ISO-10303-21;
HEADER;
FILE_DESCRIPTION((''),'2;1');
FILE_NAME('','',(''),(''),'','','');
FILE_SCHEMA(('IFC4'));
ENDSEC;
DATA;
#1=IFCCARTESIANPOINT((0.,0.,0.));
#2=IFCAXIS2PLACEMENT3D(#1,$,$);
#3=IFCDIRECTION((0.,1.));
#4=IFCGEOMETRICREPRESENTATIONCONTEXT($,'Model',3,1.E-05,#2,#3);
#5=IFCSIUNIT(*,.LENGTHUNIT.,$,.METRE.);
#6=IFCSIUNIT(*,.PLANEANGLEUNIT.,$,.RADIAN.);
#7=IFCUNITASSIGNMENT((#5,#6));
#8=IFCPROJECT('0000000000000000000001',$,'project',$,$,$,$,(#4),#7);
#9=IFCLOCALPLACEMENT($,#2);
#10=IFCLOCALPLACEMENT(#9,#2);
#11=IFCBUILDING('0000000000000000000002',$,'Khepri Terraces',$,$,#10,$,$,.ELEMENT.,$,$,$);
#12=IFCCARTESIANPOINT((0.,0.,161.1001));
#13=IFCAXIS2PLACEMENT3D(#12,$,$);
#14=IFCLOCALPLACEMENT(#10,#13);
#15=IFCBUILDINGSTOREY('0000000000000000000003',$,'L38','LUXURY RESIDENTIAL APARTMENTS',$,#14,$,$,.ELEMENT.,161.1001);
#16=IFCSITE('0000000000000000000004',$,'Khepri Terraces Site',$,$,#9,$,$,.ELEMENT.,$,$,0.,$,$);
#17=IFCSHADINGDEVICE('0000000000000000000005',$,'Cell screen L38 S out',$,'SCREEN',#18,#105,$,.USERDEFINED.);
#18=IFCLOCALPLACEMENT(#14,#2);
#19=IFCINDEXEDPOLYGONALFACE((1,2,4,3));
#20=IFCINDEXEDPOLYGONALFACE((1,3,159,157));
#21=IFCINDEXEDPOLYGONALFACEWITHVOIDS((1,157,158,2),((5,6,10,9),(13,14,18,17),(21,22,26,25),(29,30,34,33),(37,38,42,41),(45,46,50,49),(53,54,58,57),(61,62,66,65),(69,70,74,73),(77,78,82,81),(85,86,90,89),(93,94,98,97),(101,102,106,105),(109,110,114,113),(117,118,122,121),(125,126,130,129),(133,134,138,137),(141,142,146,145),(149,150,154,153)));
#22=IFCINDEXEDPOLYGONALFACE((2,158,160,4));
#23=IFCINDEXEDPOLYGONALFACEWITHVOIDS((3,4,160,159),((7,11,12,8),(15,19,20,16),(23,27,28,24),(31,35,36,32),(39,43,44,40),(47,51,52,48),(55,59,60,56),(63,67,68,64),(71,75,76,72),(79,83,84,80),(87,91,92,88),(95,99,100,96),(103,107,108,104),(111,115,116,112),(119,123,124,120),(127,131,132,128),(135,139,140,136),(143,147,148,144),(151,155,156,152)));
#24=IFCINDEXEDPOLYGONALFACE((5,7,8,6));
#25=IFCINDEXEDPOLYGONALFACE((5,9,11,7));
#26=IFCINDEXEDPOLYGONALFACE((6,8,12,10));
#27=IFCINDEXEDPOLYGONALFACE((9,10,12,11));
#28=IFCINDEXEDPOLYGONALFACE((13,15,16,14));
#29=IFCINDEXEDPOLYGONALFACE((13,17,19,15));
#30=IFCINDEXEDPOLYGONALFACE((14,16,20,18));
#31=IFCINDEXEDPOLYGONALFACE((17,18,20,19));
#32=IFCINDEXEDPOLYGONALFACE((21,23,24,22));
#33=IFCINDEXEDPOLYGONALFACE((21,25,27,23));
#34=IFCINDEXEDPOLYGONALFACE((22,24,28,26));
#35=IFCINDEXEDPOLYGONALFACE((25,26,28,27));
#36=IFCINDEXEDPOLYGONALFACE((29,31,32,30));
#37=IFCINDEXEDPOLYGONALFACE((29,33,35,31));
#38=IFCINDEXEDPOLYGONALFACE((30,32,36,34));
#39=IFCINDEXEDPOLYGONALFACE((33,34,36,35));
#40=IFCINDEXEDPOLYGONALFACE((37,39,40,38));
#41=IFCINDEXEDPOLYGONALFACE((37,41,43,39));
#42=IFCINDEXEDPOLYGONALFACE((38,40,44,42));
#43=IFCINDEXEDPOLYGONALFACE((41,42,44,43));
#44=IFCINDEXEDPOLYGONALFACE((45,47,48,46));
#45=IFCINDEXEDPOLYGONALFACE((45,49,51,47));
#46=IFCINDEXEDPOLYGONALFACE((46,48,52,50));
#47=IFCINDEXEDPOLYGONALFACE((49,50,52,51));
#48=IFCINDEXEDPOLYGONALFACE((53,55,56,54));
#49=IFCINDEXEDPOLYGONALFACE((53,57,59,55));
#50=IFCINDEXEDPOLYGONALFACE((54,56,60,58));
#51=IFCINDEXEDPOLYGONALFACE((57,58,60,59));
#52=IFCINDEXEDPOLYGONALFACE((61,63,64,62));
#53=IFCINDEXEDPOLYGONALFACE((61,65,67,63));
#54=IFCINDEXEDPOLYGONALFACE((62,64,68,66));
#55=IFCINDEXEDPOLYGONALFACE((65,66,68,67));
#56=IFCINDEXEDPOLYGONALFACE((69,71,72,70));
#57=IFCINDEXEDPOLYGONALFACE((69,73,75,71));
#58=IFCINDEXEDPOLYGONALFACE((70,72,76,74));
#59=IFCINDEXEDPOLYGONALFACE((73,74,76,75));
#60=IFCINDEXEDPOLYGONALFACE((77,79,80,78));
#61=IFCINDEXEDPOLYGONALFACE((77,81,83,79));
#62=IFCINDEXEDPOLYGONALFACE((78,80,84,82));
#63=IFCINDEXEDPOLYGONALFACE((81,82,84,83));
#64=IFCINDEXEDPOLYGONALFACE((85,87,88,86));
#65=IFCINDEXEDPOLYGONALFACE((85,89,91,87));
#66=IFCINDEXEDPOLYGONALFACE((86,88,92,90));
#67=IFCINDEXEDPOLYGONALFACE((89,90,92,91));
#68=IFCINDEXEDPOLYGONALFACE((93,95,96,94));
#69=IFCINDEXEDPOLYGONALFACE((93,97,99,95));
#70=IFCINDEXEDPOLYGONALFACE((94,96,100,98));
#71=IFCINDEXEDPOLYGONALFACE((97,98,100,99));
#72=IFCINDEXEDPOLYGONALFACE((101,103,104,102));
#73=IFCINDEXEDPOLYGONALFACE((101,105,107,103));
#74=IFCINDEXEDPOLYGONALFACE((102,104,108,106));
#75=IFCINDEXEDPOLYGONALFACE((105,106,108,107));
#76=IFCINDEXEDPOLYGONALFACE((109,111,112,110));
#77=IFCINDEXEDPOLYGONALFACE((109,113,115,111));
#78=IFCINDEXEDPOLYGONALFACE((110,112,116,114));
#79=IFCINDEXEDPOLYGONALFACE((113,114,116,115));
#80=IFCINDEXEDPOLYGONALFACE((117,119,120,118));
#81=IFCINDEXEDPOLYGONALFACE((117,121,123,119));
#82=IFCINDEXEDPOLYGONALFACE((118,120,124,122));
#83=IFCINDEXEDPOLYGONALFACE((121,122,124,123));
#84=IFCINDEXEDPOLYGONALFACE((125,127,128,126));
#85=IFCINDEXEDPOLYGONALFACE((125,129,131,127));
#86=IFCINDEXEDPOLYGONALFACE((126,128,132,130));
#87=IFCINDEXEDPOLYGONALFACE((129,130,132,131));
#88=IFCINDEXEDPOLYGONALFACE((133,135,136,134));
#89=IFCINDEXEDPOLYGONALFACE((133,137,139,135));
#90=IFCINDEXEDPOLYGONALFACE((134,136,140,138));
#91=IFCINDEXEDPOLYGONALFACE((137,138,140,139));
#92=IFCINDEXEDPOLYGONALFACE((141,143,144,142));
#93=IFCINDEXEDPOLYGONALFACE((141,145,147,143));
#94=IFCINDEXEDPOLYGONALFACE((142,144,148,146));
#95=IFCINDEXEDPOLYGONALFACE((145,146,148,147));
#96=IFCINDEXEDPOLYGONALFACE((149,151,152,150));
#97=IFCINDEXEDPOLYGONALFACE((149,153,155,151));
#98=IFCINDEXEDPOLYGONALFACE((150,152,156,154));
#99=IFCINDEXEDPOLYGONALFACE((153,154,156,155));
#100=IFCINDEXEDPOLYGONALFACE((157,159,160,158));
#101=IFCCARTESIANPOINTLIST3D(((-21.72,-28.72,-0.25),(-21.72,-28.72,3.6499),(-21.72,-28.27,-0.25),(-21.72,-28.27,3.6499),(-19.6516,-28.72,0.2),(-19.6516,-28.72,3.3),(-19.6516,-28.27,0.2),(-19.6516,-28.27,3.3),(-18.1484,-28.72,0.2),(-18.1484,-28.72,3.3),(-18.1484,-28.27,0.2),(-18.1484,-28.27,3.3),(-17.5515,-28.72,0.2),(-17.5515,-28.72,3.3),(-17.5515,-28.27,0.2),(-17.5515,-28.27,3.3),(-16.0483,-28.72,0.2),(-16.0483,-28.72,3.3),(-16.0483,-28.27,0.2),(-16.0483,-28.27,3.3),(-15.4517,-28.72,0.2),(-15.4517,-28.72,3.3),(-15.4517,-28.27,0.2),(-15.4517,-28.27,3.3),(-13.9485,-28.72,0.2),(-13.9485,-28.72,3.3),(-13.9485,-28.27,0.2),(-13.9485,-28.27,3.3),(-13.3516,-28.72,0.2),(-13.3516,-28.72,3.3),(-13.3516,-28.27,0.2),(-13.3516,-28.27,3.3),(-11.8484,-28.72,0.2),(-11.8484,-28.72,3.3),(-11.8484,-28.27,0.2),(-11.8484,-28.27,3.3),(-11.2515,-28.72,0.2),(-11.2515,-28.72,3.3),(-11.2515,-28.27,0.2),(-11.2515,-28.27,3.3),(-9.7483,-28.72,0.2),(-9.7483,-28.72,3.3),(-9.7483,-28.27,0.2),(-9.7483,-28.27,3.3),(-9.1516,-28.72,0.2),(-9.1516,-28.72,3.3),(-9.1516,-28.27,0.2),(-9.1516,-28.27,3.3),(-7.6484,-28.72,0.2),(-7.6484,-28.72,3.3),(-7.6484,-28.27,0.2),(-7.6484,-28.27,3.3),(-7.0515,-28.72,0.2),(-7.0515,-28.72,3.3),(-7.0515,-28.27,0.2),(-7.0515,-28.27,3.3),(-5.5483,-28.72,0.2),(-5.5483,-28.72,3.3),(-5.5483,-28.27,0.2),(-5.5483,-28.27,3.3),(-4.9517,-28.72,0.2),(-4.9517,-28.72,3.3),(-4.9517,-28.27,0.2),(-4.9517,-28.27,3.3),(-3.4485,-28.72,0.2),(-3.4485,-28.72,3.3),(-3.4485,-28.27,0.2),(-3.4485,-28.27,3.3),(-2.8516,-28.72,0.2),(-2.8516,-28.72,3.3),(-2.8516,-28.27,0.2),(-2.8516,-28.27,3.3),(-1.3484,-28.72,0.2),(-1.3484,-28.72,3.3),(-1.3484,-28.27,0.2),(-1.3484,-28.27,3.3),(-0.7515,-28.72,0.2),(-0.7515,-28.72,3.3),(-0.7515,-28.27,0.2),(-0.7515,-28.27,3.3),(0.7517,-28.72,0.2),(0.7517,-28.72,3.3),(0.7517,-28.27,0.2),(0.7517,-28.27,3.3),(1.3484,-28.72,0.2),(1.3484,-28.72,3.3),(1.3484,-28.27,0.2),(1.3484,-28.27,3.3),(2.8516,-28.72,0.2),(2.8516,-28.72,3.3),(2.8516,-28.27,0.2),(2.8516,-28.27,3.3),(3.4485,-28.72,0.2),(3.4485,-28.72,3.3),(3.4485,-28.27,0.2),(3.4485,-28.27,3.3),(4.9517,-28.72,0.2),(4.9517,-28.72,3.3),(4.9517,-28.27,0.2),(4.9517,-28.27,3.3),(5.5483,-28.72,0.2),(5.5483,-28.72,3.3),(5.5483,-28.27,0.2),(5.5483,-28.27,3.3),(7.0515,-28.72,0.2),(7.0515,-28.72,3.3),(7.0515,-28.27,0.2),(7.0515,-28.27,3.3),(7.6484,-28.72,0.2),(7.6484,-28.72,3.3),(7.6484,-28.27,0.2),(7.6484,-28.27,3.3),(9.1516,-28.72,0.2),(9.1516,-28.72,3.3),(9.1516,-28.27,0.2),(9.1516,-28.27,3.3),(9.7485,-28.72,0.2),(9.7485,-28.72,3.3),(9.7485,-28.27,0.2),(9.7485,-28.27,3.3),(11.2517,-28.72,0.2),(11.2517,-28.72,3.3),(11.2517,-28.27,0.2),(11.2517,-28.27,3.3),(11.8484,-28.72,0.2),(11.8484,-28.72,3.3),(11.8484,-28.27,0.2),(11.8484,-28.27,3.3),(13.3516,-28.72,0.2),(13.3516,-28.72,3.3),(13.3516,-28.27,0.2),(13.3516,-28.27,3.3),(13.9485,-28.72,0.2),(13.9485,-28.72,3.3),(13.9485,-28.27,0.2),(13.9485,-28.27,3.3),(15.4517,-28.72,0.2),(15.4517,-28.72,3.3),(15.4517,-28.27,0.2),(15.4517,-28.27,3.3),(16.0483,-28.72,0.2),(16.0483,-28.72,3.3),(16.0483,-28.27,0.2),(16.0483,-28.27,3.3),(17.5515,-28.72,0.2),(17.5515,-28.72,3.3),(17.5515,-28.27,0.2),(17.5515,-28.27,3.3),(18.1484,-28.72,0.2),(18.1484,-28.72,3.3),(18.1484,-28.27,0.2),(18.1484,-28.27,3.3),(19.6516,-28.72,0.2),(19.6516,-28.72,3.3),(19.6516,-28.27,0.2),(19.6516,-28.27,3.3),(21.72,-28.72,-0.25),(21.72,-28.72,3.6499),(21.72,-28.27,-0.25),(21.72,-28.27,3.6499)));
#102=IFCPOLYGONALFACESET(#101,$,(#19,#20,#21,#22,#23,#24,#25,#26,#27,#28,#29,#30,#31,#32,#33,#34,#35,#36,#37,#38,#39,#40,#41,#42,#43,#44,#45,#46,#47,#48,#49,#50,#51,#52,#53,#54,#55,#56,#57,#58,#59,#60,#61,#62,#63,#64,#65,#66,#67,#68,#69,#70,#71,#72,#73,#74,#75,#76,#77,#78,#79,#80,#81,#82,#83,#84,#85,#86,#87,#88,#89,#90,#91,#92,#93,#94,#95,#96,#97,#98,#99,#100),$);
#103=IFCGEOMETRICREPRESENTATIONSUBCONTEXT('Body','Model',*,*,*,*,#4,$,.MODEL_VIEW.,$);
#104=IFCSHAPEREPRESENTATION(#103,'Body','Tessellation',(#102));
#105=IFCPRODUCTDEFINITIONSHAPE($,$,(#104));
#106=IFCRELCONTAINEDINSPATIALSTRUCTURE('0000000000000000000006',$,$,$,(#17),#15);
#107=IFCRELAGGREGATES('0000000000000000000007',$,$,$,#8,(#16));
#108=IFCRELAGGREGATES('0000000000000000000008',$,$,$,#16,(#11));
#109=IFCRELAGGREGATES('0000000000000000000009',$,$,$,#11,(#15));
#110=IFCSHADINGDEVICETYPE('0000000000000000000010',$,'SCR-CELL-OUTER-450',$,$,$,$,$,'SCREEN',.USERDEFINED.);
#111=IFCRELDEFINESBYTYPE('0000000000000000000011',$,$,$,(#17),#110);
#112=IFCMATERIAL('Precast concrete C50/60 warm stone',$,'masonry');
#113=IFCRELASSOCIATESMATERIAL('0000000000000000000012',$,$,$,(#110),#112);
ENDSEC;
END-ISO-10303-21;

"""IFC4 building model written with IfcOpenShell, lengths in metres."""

from ifc_helpers import new_model, si_unit, direction, frame, origin, place, context, subcontext, project, spatial, polyline, outline, extrude, material, type_object, element, save


model = new_model("IFC4")

# Units and contexts
model_context = context("Model", 3, precision=1e-05, world=origin(), true_north=direction((0.0, 1.0)))
body_context = subcontext(model_context, "Body", "Model", "MODEL_VIEW")
ifc_project = project(units=[si_unit("LENGTHUNIT", "METRE"), si_unit("PLANEANGLEUNIT", "RADIAN")], contexts=[model_context])

# Site, building, storey
site_placement = place(None, origin())
site = spatial("IfcSite", under=ifc_project, at=site_placement, Name="Khepri Terraces Site", CompositionType="ELEMENT", RefElevation=0.0)
building_placement = place(site_placement, origin())
building = spatial("IfcBuilding", under=site, at=building_placement, Name="Khepri Terraces", CompositionType="ELEMENT")
storey_placement = place(building_placement, frame((0.0, 0.0, 161.1001)))
storey = spatial("IfcBuildingStorey", under=building, at=storey_placement, Name="L38", Description="LUXURY RESIDENTIAL APARTMENTS", CompositionType="ELEMENT", Elevation=161.1001)

# Shared definitions
ifc_material_1 = material(Name="Precast concrete C50/60 warm stone", Category="masonry")

# Shading device
shading_device_type_1 = type_object("IfcShadingDeviceType", Name="SCR-CELL-OUTER-450", ElementType="SCREEN", PredefinedType="USERDEFINED", material=ifc_material_1)
shading_device_1_placement = place(storey_placement, frame((-21.72, -28.27, -0.25), z_axis=(0.0, -1.0, 0.0), x_axis=(1.0, 0.0, 0.0)))
element("IfcShadingDevice", 1, at=shading_device_1_placement, inside=storey, type_object=shading_device_type_1, Name="Cell screen L38 S out", ObjectType="SCREEN", PredefinedType="USERDEFINED", context=body_context, shape_type="SweptSolid", body=[
    extrude(outline(polyline([(0.0, 0.0), (43.4399, 0.0), (43.4399, 3.8999), (0.0, 3.8999), (0.0, 0.0)]), holes=[polyline([(2.0684, 0.45), (3.5715, 0.45), (3.5715, 3.55), (2.0684, 3.55), (2.0684, 0.45)]), polyline([(4.1685, 0.45), (5.6716, 0.45), (5.6716, 3.55), (4.1685, 3.55), (4.1685, 0.45)]), polyline([(6.2683, 0.45), (7.7715, 0.45), (7.7715, 3.55), (6.2683, 3.55), (6.2683, 0.45)]), polyline([(8.3684, 0.45), (9.8716, 0.45), (9.8716, 3.55), (8.3684, 3.55), (8.3684, 0.45)]), polyline([(10.4685, 0.45), (11.9717, 0.45), (11.9717, 3.55), (10.4685, 3.55), (10.4685, 0.45)]), polyline([(12.5684, 0.45), (14.0715, 0.45), (14.0715, 3.55), (12.5684, 3.55), (12.5684, 0.45)]), polyline([(14.6685, 0.45), (16.1716, 0.45), (16.1716, 3.55), (14.6685, 3.55), (14.6685, 0.45)]), polyline([(16.7683, 0.45), (18.2715, 0.45), (18.2715, 3.55), (16.7683, 3.55), (16.7683, 0.45)]), polyline([(18.8684, 0.45), (20.3716, 0.45), (20.3716, 3.55), (18.8684, 3.55), (18.8684, 0.45)]), polyline([(20.9685, 0.45), (22.4717, 0.45), (22.4717, 3.55), (20.9685, 3.55), (20.9685, 0.45)]), polyline([(23.0684, 0.45), (24.5715, 0.45), (24.5715, 3.55), (23.0684, 3.55), (23.0684, 0.45)]), polyline([(25.1685, 0.45), (26.6716, 0.45), (26.6716, 3.55), (25.1685, 3.55), (25.1685, 0.45)]), polyline([(27.2683, 0.45), (28.7715, 0.45), (28.7715, 3.55), (27.2683, 3.55), (27.2683, 0.45)]), polyline([(29.3684, 0.45), (30.8716, 0.45), (30.8716, 3.55), (29.3684, 3.55), (29.3684, 0.45)]), polyline([(31.4685, 0.45), (32.9717, 0.45), (32.9717, 3.55), (31.4685, 3.55), (31.4685, 0.45)]), polyline([(33.5684, 0.45), (35.0715, 0.45), (35.0715, 3.55), (33.5684, 3.55), (33.5684, 0.45)]), polyline([(35.6685, 0.45), (37.1716, 0.45), (37.1716, 3.55), (35.6685, 3.55), (35.6685, 0.45)]), polyline([(37.7683, 0.45), (39.2715, 0.45), (39.2715, 3.55), (37.7683, 3.55), (37.7683, 0.45)]), polyline([(39.8684, 0.45), (41.3716, 0.45), (41.3716, 3.55), (39.8684, 3.55), (39.8684, 0.45)])]), origin(), (0.0, 0.0, 1.0), 0.45),
])

save(model, "model.ifc")
